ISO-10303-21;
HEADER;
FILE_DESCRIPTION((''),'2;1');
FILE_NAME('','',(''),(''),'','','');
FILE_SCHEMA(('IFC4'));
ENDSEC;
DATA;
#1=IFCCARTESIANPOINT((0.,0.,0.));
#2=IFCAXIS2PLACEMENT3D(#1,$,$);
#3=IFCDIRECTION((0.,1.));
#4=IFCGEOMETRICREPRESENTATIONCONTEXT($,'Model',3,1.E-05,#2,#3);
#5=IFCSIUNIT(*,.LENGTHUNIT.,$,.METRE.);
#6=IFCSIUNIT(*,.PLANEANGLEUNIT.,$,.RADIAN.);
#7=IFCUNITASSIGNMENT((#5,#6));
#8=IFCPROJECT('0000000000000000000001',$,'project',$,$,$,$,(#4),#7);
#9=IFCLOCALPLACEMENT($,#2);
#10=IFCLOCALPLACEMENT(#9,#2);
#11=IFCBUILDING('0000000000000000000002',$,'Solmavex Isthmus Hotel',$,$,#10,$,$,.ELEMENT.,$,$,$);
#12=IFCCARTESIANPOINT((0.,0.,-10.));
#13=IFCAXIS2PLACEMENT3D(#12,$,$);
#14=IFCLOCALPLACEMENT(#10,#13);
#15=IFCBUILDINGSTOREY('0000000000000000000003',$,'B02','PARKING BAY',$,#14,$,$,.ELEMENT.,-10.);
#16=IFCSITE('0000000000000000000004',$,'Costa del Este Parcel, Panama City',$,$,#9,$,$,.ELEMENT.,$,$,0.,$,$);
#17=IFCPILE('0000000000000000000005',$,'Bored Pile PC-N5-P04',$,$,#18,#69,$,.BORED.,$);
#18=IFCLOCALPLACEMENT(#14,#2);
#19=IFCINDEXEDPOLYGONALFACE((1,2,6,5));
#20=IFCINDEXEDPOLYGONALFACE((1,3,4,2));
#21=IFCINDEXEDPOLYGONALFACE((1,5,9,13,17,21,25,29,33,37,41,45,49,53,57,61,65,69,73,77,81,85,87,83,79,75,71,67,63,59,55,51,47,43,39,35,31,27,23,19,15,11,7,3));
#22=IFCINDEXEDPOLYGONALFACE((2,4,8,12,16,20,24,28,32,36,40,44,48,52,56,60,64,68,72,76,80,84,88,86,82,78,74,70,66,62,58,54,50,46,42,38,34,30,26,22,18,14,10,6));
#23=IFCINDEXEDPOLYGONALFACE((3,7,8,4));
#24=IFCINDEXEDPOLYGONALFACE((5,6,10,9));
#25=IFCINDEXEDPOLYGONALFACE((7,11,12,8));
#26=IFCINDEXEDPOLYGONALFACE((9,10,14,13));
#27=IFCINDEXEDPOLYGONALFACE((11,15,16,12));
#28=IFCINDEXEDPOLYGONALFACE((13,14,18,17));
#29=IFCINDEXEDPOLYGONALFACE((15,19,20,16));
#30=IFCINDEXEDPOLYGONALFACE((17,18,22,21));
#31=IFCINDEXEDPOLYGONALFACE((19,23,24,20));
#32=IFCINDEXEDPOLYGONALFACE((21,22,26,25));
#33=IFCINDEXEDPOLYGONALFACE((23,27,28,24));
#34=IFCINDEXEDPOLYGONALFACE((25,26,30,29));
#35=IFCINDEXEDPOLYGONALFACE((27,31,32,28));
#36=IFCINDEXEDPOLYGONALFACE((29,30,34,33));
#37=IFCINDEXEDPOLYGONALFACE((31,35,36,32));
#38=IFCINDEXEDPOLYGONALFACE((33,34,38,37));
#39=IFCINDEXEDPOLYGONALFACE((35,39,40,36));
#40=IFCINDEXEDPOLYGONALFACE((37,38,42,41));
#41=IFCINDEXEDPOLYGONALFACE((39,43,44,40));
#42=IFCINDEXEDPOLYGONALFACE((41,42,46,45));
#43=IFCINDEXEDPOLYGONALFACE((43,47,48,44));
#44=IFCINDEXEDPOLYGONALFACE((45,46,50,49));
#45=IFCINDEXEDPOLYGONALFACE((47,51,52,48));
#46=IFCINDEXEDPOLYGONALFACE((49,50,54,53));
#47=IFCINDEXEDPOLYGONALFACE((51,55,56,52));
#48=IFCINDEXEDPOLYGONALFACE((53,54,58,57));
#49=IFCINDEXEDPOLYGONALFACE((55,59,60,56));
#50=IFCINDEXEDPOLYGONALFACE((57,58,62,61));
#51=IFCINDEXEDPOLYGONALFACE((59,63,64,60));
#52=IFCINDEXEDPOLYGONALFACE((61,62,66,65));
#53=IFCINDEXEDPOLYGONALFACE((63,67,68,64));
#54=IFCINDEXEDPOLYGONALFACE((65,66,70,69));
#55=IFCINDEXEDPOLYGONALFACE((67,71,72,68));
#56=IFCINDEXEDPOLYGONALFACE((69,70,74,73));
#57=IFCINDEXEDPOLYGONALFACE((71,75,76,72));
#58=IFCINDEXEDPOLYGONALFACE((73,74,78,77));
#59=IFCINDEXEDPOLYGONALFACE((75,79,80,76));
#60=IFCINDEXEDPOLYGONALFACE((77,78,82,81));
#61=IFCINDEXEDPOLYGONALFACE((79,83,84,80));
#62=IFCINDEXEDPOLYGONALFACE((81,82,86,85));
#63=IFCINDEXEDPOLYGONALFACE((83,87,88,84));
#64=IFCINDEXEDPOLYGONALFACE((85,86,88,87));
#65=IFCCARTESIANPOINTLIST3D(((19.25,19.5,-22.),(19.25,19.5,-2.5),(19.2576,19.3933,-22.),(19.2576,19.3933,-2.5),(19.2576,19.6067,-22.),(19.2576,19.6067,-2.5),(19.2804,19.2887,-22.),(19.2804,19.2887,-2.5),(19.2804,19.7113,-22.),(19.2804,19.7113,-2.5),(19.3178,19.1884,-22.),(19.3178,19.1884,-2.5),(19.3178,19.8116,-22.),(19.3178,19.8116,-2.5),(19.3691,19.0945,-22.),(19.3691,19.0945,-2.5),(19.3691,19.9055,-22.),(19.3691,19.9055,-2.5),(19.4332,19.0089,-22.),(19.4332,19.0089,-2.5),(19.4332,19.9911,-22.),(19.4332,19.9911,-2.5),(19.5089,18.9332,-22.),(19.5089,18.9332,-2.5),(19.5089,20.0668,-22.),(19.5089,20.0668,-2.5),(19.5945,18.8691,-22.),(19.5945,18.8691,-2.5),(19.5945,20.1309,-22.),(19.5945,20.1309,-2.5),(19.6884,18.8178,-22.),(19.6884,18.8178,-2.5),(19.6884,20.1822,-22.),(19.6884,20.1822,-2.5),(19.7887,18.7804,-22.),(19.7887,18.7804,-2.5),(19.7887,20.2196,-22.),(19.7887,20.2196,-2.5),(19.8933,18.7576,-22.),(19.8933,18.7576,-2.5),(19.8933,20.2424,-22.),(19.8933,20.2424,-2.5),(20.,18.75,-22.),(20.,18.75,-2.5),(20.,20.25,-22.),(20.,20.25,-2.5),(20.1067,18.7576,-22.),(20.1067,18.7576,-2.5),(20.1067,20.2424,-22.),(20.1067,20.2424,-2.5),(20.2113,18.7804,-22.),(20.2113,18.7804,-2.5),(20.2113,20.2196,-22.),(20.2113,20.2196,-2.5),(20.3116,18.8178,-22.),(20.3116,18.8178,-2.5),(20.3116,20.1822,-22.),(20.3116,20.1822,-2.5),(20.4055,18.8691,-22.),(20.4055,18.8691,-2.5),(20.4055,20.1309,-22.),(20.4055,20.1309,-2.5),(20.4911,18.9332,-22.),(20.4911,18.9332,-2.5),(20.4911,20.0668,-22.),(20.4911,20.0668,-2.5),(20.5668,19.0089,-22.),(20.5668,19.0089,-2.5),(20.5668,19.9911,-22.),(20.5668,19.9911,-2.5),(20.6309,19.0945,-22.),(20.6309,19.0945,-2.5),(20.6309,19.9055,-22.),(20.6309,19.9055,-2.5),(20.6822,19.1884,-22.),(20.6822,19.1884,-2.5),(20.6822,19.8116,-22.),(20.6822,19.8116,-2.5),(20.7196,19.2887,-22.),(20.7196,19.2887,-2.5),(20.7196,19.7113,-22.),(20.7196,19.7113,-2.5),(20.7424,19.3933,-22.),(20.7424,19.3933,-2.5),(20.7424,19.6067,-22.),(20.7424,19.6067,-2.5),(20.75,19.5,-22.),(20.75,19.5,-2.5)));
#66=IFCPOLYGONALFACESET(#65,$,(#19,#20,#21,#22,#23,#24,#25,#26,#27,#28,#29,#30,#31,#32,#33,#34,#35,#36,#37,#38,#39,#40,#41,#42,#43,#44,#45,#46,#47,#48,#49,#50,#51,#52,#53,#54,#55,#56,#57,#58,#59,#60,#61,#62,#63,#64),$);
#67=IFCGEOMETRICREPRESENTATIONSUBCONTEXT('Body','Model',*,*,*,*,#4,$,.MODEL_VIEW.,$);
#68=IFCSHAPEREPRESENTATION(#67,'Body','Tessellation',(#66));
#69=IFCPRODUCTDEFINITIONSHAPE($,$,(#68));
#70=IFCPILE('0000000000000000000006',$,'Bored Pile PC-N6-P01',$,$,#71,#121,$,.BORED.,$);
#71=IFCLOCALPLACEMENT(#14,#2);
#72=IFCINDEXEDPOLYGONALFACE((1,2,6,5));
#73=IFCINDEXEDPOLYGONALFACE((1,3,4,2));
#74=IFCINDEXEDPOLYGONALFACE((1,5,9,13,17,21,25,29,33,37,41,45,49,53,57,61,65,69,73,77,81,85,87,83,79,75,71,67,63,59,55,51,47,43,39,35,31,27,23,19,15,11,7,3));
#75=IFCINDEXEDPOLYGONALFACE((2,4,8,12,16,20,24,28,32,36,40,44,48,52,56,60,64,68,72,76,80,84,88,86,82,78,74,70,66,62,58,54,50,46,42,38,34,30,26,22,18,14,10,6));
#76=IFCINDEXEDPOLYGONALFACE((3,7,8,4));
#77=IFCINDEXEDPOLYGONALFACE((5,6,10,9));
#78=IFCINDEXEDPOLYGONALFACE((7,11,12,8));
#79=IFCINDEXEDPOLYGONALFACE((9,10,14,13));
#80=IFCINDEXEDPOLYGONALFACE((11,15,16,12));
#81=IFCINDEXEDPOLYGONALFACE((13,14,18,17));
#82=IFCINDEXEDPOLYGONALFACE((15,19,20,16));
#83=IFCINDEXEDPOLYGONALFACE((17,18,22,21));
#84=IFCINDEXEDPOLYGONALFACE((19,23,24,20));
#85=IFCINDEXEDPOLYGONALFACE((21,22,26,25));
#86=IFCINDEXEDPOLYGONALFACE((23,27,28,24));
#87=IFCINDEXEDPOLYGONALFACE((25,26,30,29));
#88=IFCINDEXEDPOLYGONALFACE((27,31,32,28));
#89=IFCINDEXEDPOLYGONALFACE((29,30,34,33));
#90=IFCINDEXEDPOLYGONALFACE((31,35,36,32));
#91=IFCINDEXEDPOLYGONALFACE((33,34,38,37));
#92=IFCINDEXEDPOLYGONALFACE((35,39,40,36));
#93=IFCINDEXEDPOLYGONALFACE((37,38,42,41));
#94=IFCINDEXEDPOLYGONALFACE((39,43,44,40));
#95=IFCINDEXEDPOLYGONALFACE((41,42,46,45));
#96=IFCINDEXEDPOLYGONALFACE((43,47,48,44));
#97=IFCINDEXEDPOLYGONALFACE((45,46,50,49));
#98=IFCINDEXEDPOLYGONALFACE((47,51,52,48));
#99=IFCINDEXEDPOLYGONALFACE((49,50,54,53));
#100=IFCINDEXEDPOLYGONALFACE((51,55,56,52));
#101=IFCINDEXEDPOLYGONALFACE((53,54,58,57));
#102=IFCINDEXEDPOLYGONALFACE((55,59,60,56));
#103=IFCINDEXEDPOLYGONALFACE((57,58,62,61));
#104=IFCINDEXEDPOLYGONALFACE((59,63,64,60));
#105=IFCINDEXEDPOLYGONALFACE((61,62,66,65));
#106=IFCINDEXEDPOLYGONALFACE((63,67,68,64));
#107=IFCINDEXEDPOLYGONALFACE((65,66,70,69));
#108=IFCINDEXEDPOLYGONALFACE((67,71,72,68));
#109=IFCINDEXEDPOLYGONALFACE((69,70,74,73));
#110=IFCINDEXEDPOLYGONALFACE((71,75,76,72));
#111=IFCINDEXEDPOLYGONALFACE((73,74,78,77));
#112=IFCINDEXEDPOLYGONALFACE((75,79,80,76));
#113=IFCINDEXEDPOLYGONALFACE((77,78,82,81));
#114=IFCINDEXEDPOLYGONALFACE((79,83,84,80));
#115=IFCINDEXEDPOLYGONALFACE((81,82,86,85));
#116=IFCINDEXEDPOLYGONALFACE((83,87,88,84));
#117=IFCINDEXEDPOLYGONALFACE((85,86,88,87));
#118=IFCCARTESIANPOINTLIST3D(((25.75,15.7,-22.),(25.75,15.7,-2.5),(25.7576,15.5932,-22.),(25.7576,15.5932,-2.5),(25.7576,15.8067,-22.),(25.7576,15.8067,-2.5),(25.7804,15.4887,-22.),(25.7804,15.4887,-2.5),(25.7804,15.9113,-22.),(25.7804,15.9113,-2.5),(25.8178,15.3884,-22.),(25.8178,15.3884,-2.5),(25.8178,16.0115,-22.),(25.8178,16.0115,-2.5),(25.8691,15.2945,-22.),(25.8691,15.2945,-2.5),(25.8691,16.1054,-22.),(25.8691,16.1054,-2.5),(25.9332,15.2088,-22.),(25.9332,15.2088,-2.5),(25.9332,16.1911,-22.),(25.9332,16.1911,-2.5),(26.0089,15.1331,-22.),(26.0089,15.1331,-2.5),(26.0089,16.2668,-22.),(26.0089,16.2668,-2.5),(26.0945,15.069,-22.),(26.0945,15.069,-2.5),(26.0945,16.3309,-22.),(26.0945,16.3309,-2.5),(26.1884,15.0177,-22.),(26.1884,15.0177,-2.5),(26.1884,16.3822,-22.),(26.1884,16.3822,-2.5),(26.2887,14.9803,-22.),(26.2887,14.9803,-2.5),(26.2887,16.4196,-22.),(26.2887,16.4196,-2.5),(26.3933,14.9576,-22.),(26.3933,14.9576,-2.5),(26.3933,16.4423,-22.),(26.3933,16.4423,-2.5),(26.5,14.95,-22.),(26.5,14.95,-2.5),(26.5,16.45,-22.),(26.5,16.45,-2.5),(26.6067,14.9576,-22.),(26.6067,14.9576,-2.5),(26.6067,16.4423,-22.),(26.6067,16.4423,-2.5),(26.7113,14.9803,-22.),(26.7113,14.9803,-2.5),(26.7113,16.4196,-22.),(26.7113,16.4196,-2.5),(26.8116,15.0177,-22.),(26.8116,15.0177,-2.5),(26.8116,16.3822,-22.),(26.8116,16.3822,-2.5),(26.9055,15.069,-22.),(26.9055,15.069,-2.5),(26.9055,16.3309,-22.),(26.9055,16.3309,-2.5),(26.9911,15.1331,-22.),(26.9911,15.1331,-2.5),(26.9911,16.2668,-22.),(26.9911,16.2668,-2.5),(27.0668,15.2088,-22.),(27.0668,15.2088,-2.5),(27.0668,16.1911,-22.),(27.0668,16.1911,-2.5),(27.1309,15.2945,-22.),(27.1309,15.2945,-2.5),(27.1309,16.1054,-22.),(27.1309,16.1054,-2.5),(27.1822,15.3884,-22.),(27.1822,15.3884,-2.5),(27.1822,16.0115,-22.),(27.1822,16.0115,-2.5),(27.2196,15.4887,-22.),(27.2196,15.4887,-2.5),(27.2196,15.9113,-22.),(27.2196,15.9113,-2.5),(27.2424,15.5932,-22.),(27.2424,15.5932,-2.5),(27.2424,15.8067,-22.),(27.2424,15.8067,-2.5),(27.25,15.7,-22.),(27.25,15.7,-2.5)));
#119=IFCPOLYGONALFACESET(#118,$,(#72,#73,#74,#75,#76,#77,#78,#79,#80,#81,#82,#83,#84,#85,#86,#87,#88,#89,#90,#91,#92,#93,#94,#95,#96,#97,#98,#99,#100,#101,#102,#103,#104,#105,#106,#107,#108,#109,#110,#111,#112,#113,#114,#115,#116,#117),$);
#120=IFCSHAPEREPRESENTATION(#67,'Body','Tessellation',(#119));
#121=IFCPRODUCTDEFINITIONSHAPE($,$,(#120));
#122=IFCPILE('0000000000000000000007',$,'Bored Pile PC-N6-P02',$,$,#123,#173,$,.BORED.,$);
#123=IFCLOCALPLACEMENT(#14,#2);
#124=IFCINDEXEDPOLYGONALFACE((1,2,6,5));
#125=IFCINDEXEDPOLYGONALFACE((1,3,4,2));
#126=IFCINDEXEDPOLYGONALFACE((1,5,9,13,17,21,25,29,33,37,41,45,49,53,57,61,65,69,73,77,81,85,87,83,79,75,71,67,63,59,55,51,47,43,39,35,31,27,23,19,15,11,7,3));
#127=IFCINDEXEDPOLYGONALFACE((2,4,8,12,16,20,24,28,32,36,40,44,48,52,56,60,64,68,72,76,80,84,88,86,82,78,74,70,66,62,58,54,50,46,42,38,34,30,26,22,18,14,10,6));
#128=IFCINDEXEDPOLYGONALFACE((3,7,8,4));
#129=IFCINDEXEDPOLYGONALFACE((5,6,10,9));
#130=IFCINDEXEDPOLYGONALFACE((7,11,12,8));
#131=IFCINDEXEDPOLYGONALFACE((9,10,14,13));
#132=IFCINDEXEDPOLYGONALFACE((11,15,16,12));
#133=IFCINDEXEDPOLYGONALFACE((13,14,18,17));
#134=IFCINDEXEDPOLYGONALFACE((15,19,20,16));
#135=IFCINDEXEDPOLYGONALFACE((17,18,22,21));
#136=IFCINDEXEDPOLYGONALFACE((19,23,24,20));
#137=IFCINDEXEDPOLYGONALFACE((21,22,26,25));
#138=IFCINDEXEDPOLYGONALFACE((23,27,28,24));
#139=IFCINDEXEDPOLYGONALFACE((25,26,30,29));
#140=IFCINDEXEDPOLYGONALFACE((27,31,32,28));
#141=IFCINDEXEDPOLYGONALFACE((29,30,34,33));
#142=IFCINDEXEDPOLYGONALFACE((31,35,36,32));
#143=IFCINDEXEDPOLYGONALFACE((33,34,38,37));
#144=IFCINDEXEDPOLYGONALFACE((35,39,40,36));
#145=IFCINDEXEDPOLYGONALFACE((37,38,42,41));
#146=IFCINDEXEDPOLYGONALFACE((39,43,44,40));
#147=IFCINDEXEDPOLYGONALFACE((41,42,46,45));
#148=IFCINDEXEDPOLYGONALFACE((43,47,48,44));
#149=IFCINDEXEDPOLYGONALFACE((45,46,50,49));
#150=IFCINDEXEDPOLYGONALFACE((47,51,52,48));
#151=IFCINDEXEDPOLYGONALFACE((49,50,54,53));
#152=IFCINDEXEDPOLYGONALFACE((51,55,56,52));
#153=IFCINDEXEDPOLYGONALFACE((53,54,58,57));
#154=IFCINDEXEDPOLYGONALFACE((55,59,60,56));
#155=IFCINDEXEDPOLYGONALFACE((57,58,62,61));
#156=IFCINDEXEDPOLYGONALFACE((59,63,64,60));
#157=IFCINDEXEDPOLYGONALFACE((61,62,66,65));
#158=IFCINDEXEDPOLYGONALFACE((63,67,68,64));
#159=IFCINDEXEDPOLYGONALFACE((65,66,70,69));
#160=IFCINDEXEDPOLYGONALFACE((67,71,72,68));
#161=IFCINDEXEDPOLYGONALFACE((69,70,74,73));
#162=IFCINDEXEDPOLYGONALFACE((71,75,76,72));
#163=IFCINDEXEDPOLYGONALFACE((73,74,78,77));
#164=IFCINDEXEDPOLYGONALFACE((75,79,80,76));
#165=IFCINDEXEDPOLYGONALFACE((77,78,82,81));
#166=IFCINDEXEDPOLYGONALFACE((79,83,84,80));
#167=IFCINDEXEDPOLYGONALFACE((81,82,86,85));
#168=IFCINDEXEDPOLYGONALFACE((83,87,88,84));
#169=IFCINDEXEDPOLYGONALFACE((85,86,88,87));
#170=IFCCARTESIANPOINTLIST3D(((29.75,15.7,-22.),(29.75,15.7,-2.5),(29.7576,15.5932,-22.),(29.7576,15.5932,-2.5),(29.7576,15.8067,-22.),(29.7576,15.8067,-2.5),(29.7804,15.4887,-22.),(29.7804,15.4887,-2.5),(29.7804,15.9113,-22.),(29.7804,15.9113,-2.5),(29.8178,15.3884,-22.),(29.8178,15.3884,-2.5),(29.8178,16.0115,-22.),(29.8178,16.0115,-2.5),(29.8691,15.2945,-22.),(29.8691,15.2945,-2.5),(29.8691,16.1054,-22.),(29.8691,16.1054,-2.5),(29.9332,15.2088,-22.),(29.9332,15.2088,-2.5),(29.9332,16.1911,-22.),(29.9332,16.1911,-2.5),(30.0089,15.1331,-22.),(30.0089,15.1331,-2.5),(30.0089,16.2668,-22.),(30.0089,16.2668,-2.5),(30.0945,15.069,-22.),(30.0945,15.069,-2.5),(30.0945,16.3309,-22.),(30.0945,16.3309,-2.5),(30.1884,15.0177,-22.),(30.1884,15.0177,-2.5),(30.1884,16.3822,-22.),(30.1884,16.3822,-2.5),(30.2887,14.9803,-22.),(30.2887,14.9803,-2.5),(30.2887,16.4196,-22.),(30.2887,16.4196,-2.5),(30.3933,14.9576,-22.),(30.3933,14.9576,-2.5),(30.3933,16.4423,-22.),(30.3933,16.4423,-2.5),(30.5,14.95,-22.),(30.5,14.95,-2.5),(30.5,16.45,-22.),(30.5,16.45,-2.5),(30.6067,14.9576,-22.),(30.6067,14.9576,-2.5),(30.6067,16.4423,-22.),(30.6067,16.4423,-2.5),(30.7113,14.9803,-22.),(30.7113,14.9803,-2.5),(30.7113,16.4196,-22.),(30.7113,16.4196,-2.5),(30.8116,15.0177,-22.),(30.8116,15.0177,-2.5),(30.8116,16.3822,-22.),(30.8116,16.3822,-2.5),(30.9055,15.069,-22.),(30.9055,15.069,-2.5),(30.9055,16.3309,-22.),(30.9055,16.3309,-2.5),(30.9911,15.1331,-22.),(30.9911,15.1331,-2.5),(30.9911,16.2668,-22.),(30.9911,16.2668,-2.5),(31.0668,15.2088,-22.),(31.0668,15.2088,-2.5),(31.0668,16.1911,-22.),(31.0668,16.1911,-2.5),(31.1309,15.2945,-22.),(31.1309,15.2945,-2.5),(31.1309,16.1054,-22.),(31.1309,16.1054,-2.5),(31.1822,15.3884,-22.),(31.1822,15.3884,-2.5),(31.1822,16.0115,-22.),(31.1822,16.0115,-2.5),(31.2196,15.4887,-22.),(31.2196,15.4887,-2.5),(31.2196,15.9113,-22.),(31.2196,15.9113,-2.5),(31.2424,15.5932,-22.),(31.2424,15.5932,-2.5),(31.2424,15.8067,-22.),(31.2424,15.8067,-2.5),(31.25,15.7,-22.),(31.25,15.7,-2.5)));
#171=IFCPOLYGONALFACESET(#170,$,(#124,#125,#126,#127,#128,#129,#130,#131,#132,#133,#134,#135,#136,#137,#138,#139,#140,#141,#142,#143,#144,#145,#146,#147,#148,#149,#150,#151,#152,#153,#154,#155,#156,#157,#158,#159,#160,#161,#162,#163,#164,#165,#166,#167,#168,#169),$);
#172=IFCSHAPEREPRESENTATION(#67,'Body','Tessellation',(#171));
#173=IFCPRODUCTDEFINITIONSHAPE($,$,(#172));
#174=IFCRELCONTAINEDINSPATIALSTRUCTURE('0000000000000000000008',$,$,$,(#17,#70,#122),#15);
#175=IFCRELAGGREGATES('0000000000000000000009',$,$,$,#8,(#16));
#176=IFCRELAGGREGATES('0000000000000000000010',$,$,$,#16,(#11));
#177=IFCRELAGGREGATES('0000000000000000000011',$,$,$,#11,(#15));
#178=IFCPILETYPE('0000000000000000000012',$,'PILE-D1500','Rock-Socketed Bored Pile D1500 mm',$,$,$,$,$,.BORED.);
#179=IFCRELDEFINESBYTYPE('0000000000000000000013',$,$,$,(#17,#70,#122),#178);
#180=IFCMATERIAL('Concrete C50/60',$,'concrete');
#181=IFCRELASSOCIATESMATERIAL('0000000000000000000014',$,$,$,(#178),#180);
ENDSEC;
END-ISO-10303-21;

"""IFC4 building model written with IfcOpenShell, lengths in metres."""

from ifc_helpers import new_model, si_unit, direction, frame, origin, origin_2d, place, context, subcontext, project, spatial, circle, extrude, material, material_profile, profile_set, type_object, element, save


model = new_model("IFC4")

# Units and contexts
model_context = context("Model", 3, precision=1e-05, world=origin(), true_north=direction((0.0, 1.0)))
body_context = subcontext(model_context, "Body", "Model", "MODEL_VIEW")
ifc_project = project(units=[si_unit("LENGTHUNIT", "METRE"), si_unit("PLANEANGLEUNIT", "RADIAN")], contexts=[model_context])

# Site, building, storey
site_placement = place(None, origin())
site = spatial("IfcSite", under=ifc_project, at=site_placement, Name="Costa del Este Parcel, Panama City", CompositionType="ELEMENT", RefElevation=0.0)
building_placement = place(site_placement, origin())
building = spatial("IfcBuilding", under=site, at=building_placement, Name="Solmavex Isthmus Hotel", CompositionType="ELEMENT")
storey_placement = place(building_placement, frame((0.0, 0.0, -10.0)))
storey = spatial("IfcBuildingStorey", under=building, at=storey_placement, Name="B02", Description="PARKING BAY", CompositionType="ELEMENT", Elevation=-10.0)

# Shared definitions
ifc_material_1 = material(Name="Concrete C50/60", Category="concrete")

# Piles
ifc_material_profile_1 = material_profile(ifc_material_1, circle(Radius=0.75, at=origin_2d()), Name="PILE1500")
ifc_profile_set_1 = profile_set([ifc_material_profile_1], Name="Concrete C50/60")
pile_type = type_object("IfcPileType", Name="PILE-D1500", Description="Rock-Socketed Bored Pile D1500 mm", PredefinedType="BORED", material=ifc_profile_set_1)
for number, where, z_axis, x_axis, name in (
    (1, (20.0, 19.5, -2.5), (0.0, 0.0, -1.0), (1.0, 0.0, 0.0), "Bored Pile PC-N5-P04"),
    (2, (26.5, 15.7, -2.5), (0.0, 0.0, -1.0), (1.0, 0.0, 0.0), "Bored Pile PC-N6-P01"),
    (3, (30.5, 15.7, -2.5), (0.0, 0.0, -1.0), (1.0, 0.0, 0.0), "Bored Pile PC-N6-P02"),
):
    element("IfcPile", number, at=place(storey_placement, frame(where, z_axis=z_axis, x_axis=x_axis)), inside=storey, type_object=pile_type, Name=name, PredefinedType="BORED", context=body_context, shape_type="SweptSolid", body=[
        extrude(circle(Radius=0.75, at=origin_2d()), origin(), (0.0, 0.0, 1.0), 19.5),
    ])

save(model, "model.ifc")
